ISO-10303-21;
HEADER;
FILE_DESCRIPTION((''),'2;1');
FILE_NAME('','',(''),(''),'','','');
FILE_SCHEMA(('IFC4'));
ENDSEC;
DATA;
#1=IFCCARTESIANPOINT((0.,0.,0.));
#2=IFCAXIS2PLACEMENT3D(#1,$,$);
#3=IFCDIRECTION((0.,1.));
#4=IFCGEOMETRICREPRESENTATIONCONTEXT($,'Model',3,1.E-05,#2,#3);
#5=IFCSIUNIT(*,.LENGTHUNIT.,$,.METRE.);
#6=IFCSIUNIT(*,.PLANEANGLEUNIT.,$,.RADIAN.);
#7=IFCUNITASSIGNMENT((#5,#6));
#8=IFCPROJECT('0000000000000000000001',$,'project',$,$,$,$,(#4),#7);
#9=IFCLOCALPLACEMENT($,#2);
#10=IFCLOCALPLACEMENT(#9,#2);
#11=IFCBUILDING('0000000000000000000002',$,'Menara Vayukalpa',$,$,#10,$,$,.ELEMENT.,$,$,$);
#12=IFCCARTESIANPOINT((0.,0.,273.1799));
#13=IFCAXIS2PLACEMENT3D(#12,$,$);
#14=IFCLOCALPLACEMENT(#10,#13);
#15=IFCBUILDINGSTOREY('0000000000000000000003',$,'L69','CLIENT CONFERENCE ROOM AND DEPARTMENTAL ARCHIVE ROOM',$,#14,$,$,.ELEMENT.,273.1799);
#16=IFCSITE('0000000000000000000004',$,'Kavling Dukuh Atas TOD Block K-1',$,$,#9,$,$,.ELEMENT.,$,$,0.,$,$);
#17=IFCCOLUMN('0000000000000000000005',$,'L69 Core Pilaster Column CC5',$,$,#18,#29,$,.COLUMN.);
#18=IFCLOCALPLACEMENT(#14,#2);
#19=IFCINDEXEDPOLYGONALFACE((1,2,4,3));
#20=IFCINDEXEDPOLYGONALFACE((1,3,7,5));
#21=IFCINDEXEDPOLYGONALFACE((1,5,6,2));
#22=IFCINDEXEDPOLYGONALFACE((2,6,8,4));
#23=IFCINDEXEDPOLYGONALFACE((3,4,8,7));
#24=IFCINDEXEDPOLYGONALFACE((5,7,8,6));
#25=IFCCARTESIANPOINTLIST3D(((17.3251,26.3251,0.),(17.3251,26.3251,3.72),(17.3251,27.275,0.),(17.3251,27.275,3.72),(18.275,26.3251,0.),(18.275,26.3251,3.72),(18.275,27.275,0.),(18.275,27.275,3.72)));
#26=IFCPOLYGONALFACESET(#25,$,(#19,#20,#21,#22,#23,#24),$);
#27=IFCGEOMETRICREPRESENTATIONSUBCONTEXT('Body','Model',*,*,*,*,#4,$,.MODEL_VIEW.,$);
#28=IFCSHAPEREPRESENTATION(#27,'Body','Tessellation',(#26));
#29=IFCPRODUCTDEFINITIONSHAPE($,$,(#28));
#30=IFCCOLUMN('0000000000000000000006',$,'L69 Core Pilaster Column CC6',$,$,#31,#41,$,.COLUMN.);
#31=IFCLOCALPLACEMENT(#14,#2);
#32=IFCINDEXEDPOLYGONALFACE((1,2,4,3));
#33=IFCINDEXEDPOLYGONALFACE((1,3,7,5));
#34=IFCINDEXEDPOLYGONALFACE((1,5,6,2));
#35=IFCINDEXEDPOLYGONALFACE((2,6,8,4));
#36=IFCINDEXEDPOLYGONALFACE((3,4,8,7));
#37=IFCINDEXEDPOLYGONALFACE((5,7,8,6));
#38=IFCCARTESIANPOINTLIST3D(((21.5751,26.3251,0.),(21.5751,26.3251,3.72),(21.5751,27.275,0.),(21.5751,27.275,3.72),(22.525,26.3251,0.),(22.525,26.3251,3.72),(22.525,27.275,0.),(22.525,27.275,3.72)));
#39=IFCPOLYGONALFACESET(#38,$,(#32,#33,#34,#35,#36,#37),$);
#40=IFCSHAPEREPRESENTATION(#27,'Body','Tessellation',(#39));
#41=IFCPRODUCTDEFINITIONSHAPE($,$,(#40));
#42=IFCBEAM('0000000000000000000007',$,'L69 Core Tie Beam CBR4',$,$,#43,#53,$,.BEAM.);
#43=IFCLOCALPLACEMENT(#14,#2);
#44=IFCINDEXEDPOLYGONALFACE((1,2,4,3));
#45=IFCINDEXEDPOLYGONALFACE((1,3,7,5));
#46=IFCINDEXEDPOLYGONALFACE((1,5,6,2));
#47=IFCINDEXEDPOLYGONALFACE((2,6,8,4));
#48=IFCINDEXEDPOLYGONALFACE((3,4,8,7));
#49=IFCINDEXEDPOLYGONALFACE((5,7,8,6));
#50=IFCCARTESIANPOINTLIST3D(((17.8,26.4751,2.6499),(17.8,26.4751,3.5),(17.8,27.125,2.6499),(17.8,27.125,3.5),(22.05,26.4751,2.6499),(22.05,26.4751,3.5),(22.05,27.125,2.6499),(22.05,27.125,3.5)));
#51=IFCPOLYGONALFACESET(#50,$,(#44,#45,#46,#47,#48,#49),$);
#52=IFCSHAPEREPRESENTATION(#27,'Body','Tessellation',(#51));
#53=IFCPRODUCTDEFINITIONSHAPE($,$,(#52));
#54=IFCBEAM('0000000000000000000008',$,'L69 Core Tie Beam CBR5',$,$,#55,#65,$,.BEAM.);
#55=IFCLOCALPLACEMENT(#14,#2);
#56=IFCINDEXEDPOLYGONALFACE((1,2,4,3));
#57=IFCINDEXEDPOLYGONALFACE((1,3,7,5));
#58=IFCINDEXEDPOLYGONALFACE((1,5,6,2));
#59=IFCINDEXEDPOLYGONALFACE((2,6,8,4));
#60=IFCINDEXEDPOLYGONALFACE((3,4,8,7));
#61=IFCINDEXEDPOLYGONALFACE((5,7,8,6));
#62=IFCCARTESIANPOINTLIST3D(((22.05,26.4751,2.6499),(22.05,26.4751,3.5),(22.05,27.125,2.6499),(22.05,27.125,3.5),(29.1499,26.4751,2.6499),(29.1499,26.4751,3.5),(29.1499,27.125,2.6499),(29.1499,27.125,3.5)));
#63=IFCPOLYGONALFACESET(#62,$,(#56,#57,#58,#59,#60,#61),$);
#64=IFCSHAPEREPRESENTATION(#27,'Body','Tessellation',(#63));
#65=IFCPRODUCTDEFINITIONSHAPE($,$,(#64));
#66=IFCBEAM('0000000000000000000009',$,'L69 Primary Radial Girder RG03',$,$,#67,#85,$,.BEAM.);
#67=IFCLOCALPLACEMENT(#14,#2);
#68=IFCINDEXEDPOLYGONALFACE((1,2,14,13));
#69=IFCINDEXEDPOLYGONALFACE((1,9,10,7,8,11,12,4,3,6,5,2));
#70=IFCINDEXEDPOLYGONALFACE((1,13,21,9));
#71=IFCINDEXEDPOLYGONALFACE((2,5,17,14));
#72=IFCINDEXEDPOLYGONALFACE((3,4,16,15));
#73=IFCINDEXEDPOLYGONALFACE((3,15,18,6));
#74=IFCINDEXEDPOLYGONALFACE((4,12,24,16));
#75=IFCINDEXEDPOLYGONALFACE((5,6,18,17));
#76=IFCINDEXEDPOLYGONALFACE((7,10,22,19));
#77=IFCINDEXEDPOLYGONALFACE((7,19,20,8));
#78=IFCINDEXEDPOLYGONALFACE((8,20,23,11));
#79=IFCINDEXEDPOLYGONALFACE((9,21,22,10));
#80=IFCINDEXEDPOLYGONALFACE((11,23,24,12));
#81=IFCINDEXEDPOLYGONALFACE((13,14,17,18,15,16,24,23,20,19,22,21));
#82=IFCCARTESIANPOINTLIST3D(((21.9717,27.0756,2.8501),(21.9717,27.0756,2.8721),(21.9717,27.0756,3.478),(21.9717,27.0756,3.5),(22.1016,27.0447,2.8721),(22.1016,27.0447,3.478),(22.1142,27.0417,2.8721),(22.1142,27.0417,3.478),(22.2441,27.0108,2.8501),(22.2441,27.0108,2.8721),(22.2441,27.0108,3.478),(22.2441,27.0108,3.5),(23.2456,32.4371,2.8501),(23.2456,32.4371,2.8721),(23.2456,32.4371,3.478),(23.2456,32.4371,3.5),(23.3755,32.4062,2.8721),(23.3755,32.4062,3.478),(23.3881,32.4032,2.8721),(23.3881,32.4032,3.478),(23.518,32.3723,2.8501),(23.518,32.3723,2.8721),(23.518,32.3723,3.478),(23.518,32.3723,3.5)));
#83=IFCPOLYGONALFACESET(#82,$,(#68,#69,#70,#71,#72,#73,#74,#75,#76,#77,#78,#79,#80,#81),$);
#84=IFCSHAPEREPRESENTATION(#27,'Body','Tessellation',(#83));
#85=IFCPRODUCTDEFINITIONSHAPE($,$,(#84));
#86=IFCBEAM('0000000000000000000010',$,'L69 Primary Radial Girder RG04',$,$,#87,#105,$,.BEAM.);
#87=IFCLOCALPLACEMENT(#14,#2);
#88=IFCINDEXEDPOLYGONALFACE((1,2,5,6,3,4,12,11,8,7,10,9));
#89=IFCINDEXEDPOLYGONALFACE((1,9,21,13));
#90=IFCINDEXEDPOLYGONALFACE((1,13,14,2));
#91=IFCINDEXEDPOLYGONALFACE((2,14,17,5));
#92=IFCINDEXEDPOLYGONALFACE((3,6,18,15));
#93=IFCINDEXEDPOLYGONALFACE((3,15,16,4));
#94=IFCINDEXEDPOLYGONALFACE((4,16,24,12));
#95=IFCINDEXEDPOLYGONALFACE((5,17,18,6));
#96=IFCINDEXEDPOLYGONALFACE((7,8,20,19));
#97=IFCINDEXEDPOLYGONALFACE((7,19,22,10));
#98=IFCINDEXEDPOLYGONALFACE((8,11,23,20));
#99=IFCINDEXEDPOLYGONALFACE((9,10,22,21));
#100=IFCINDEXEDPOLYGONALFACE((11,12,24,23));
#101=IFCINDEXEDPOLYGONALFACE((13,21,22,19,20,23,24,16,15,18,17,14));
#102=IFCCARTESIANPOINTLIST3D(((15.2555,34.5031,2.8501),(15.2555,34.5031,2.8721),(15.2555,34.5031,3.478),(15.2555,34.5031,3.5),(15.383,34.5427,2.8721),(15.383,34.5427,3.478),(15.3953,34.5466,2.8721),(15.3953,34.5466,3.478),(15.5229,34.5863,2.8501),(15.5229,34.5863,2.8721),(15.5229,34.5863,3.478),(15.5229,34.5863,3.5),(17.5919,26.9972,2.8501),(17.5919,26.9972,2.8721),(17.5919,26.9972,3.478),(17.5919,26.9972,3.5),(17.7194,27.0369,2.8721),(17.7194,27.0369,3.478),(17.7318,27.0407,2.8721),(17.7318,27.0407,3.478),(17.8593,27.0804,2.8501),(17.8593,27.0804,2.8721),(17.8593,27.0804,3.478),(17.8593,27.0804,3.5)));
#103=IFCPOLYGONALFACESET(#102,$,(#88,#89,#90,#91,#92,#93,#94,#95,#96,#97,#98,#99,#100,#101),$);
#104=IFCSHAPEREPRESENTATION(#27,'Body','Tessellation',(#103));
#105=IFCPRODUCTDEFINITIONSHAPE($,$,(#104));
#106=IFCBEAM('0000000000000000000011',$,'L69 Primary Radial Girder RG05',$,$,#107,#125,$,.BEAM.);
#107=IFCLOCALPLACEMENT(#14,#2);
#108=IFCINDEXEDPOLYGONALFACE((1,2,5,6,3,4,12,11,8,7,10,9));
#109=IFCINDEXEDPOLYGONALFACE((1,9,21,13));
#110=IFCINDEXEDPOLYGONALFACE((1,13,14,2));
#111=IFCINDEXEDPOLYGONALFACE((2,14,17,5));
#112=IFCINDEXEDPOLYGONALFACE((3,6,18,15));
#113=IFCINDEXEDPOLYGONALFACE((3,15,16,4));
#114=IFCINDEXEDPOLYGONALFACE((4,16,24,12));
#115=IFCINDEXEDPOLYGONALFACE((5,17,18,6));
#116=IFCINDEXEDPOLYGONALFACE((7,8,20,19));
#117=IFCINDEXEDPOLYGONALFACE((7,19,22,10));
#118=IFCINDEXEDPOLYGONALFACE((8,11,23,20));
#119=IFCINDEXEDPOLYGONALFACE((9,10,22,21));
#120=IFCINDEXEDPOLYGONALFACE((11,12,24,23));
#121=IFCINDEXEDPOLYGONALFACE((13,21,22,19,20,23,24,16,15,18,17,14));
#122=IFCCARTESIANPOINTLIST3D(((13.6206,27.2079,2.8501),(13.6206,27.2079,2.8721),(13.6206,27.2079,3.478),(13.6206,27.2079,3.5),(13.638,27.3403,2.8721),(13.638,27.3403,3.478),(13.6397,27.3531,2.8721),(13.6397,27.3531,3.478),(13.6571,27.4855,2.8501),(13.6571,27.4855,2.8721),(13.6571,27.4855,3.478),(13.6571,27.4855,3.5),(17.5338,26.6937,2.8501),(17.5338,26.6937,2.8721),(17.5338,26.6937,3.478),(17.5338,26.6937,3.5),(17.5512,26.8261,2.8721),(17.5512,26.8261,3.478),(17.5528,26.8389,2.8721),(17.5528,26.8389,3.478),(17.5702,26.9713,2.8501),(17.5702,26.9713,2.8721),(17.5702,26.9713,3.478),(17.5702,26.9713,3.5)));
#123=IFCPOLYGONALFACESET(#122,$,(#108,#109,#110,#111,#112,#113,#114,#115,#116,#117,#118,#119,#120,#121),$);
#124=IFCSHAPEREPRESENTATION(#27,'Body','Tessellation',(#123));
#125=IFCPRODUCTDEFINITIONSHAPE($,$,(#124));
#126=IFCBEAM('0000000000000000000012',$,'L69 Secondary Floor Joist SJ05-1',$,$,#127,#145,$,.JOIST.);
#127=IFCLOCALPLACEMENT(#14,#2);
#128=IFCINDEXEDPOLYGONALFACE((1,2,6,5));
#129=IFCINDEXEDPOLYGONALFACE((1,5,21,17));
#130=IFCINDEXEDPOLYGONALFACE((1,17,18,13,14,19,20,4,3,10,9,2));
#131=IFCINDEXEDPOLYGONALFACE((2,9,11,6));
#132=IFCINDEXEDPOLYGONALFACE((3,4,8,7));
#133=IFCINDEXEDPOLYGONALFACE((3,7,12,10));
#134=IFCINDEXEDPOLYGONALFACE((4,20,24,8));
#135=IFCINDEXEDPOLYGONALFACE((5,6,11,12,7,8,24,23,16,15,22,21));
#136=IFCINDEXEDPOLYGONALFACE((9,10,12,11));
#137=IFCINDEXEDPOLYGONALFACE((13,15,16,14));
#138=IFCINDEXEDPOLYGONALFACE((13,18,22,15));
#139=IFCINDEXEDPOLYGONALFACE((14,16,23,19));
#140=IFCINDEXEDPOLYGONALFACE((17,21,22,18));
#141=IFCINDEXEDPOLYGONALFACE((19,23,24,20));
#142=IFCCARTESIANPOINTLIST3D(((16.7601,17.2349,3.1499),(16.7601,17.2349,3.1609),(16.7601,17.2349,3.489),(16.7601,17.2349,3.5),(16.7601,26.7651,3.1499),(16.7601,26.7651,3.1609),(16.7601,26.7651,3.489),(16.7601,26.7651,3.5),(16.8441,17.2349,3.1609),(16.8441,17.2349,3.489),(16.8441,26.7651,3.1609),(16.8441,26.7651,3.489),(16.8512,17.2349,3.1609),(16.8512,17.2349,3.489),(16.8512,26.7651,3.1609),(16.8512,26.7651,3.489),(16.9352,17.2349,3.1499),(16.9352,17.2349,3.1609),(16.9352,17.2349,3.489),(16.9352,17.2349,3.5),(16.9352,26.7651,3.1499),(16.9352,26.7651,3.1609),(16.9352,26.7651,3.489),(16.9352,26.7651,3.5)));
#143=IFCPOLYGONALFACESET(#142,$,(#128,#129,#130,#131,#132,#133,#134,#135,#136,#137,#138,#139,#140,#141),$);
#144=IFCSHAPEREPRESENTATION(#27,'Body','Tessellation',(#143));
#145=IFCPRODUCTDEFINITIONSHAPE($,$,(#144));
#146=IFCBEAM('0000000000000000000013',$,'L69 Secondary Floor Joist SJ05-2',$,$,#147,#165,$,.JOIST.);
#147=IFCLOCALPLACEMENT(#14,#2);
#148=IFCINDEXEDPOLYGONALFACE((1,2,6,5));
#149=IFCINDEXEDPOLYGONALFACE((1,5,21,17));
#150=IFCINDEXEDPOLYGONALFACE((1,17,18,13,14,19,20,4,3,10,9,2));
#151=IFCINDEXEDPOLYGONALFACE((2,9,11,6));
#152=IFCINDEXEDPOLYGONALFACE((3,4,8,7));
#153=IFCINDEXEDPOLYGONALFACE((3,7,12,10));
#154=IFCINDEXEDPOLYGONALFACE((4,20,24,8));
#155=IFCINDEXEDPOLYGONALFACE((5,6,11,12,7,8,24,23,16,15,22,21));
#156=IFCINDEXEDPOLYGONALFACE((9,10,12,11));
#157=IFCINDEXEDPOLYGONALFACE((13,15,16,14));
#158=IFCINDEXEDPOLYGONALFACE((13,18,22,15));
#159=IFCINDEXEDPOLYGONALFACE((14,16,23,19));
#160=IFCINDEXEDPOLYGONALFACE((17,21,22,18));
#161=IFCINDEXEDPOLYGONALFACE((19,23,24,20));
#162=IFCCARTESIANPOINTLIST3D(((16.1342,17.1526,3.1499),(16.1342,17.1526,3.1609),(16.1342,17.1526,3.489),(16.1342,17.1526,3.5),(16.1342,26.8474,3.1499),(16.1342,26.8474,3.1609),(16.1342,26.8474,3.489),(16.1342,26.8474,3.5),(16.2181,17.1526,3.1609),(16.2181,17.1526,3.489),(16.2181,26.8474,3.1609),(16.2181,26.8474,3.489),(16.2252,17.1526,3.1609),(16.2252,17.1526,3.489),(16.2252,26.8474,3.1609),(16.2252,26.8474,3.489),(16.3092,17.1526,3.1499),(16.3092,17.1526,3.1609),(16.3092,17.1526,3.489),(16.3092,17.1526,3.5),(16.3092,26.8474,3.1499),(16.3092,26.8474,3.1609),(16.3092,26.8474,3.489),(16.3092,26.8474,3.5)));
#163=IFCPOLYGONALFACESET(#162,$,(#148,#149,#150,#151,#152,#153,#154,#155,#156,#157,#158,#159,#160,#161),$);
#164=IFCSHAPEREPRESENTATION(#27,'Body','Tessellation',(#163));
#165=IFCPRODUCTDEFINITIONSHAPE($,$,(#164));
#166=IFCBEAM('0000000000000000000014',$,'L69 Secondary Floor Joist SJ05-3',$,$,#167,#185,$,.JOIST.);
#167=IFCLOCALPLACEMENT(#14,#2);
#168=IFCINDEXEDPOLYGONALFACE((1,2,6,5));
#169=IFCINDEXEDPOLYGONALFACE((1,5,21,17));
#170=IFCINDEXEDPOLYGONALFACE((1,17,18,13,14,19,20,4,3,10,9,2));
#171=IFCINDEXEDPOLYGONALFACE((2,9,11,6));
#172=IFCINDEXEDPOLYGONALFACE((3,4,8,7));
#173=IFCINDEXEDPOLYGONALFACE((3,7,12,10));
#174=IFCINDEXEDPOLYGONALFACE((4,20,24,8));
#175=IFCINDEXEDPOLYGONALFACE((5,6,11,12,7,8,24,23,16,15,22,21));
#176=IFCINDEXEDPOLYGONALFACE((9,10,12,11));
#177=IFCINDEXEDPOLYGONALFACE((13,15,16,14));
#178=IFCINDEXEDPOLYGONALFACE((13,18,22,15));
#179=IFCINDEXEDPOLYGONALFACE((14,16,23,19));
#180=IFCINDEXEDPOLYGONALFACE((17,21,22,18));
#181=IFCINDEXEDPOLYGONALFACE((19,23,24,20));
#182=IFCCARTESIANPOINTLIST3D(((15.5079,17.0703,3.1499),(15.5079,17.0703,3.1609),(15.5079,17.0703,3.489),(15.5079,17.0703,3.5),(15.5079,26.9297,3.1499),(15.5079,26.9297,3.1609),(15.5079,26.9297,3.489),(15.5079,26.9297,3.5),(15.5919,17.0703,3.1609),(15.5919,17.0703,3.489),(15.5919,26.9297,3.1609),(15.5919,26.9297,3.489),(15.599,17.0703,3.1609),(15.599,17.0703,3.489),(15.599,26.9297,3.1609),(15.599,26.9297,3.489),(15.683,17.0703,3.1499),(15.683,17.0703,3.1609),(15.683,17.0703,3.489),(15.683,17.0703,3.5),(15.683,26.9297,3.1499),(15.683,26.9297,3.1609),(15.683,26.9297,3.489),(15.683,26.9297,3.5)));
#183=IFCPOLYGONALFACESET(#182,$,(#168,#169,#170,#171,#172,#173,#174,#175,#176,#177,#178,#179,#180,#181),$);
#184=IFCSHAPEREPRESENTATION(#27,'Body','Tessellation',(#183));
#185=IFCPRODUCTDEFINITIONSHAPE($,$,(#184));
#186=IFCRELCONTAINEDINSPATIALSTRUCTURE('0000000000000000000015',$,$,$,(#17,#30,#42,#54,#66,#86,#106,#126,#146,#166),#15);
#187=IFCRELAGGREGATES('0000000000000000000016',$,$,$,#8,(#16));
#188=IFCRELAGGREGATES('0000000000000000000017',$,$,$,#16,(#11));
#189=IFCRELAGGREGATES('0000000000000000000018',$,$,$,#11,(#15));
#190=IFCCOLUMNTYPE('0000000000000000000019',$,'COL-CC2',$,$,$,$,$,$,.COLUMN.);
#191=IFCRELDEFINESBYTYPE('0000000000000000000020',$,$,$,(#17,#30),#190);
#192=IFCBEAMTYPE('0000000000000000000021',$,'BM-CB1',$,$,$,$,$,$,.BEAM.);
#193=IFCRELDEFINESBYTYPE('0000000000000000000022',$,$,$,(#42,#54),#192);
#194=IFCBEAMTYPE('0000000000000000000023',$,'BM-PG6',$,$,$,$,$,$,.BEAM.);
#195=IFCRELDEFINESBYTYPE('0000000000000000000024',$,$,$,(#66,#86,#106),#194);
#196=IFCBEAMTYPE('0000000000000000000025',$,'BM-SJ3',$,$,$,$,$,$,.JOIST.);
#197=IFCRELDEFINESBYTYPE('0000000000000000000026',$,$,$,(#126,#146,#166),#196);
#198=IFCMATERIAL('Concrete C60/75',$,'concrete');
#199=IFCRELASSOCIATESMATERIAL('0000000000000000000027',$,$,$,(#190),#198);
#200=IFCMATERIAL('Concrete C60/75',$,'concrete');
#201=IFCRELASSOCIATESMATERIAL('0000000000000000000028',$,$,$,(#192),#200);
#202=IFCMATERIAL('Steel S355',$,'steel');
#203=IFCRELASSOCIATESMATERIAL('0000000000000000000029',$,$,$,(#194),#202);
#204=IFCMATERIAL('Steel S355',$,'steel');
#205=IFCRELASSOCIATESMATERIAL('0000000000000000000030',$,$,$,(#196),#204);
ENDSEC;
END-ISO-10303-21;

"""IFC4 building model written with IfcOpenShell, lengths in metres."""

from ifc_helpers import new_model, si_unit, direction, frame, origin, origin_2d, place, context, subcontext, project, spatial, rectangle, i_section, extrude, material, material_profile, profile_set, type_object, element, save


model = new_model("IFC4")

# Units and contexts
model_context = context("Model", 3, precision=1e-05, world=origin(), true_north=direction((0.0, 1.0)))
body_context = subcontext(model_context, "Body", "Model", "MODEL_VIEW")
ifc_project = project(units=[si_unit("LENGTHUNIT", "METRE"), si_unit("PLANEANGLEUNIT", "RADIAN")], contexts=[model_context])

# Site, building, storey
site_placement = place(None, origin())
site = spatial("IfcSite", under=ifc_project, at=site_placement, Name="Kavling Dukuh Atas TOD Block K-1", CompositionType="ELEMENT", RefElevation=0.0)
building_placement = place(site_placement, origin())
building = spatial("IfcBuilding", under=site, at=building_placement, Name="Menara Vayukalpa", CompositionType="ELEMENT")
storey_placement = place(building_placement, frame((0.0, 0.0, 273.1799)))
storey = spatial("IfcBuildingStorey", under=building, at=storey_placement, Name="L69", Description="CLIENT CONFERENCE ROOM AND DEPARTMENTAL ARCHIVE ROOM", CompositionType="ELEMENT", Elevation=273.1799)

# Columns
ifc_material_1 = material(Name="Concrete C60/75", Category="concrete")
ifc_material_profile_1 = material_profile(ifc_material_1, rectangle(XDim=0.95, YDim=0.95, at=origin_2d()), Name="RC 950x950")
ifc_profile_set_1 = profile_set([ifc_material_profile_1], Name="Concrete C60/75")
column_type = type_object("IfcColumnType", Name="COL-CC2", PredefinedType="COLUMN", material=ifc_profile_set_1)
for number, where, z_axis, x_axis, name in (
    (1, (17.8, 26.8, 0.0), (0.0, 0.0, 1.0), (1.0, 0.0, 0.0), "L69 Core Pilaster Column CC5"),
    (2, (22.05, 26.8, 0.0), (0.0, 0.0, 1.0), (1.0, 0.0, 0.0), "L69 Core Pilaster Column CC6"),
):
    element("IfcColumn", number, at=place(storey_placement, frame(where, z_axis=z_axis, x_axis=x_axis)), inside=storey, type_object=column_type, Name=name, PredefinedType="COLUMN", context=body_context, shape_type="SweptSolid", body=[
        extrude(rectangle(XDim=0.95, YDim=0.95, at=origin_2d()), origin(), (0.0, 0.0, 1.0), 3.72),
    ])

# Beams
ifc_material_2 = material(Name="Concrete C60/75", Category="concrete")
ifc_material_profile_2 = material_profile(ifc_material_2, rectangle(XDim=0.6499, YDim=0.8501, at=origin_2d()), Name="RC 650x850")
ifc_profile_set_2 = profile_set([ifc_material_profile_2], Name="Concrete C60/75")
beam_type_1 = type_object("IfcBeamType", Name="BM-CB1", PredefinedType="BEAM", material=ifc_profile_set_2)
beam_1_placement = place(storey_placement, frame((17.8, 26.8, 3.075), z_axis=(1.0, 0.0, 0.0), x_axis=(0.0, 1.0, 0.0)))
element("IfcBeam", 3, at=beam_1_placement, inside=storey, type_object=beam_type_1, Name="L69 Core Tie Beam CBR4", PredefinedType="BEAM", context=body_context, shape_type="SweptSolid", body=[
    extrude(rectangle(XDim=0.6499, YDim=0.8501, at=origin_2d()), origin(), (0.0, 0.0, 1.0), 4.25),
])
beam_2_placement = place(storey_placement, frame((22.05, 26.8, 3.075), z_axis=(1.0, 0.0, 0.0), x_axis=(0.0, 1.0, 0.0)))
element("IfcBeam", 4, at=beam_2_placement, inside=storey, type_object=beam_type_1, Name="L69 Core Tie Beam CBR5", PredefinedType="BEAM", context=body_context, shape_type="SweptSolid", body=[
    extrude(rectangle(XDim=0.6499, YDim=0.8501, at=origin_2d()), origin(), (0.0, 0.0, 1.0), 7.0999),
])
ifc_material_3 = material(Name="Steel S355", Category="steel")
ifc_material_profile_3 = material_profile(ifc_material_3, i_section(OverallWidth=0.28, OverallDepth=0.6499, WebThickness=0.0129, FlangeThickness=0.022, at=origin_2d()), Name="WF 650x280x13x22")
ifc_profile_set_3 = profile_set([ifc_material_profile_3], Name="Steel S355")
beam_type_2 = type_object("IfcBeamType", Name="BM-PG6", PredefinedType="BEAM", material=ifc_profile_set_3)
beam_3_placement = place(storey_placement, frame((22.1079, 27.0432, 3.175), z_axis=(0.231167, 0.972914, 0.0), x_axis=(-0.972914, 0.231167, 0.0)))
element("IfcBeam", 5, at=beam_3_placement, inside=storey, type_object=beam_type_2, Name="L69 Primary Radial Girder RG03", PredefinedType="BEAM", context=body_context, shape_type="SweptSolid", body=[
    extrude(i_section(OverallWidth=0.28, OverallDepth=0.6499, WebThickness=0.0129, FlangeThickness=0.022, at=origin_2d()), origin(), (0.0, 0.0, 1.0), 5.5107),
])
beam_4_placement = place(storey_placement, frame((17.7256, 27.0388, 3.175), z_axis=(-0.297214, 0.954811, 0.0), x_axis=(-0.954811, -0.297214, 0.0)))
element("IfcBeam", 6, at=beam_4_placement, inside=storey, type_object=beam_type_2, Name="L69 Primary Radial Girder RG04", PredefinedType="BEAM", context=body_context, shape_type="SweptSolid", body=[
    extrude(i_section(OverallWidth=0.28, OverallDepth=0.6499, WebThickness=0.0129, FlangeThickness=0.022, at=origin_2d()), origin(), (0.0, 0.0, 1.0), 7.8611),
])
beam_5_placement = place(storey_placement, frame((17.552, 26.8325, 3.175), z_axis=(-0.991478, 0.130275, 0.0), x_axis=(-0.130275, -0.991478, 0.0)))
element("IfcBeam", 7, at=beam_5_placement, inside=storey, type_object=beam_type_2, Name="L69 Primary Radial Girder RG05", PredefinedType="BEAM", context=body_context, shape_type="SweptSolid", body=[
    extrude(i_section(OverallWidth=0.28, OverallDepth=0.6499, WebThickness=0.0129, FlangeThickness=0.022, at=origin_2d()), origin(), (0.0, 0.0, 1.0), 3.9468),
])
ifc_material_4 = material(Name="Steel S355", Category="steel")
ifc_material_profile_4 = material_profile(ifc_material_4, i_section(OverallWidth=0.175, OverallDepth=0.3501, WebThickness=0.0071, FlangeThickness=0.011, at=origin_2d()), Name="WF 350x175x7x11")
ifc_profile_set_4 = profile_set([ifc_material_profile_4], Name="Steel S355")
beam_type_3 = type_object("IfcBeamType", Name="BM-SJ3", PredefinedType="JOIST", material=ifc_profile_set_4)
beam_6_placement = place(storey_placement, frame((16.8477, 26.7651, 3.325), z_axis=(0.0, -1.0, 0.0), x_axis=(1.0, 0.0, 0.0)))
element("IfcBeam", 8, at=beam_6_placement, inside=storey, type_object=beam_type_3, Name="L69 Secondary Floor Joist SJ05-1", PredefinedType="JOIST", context=body_context, shape_type="SweptSolid", body=[
    extrude(i_section(OverallWidth=0.175, OverallDepth=0.3501, WebThickness=0.0071, FlangeThickness=0.011, at=origin_2d()), origin(), (0.0, 0.0, 1.0), 9.5303),
])
beam_7_placement = place(storey_placement, frame((16.2217, 26.8474, 3.325), z_axis=(0.0, -1.0, 0.0), x_axis=(1.0, 0.0, 0.0)))
element("IfcBeam", 9, at=beam_7_placement, inside=storey, type_object=beam_type_3, Name="L69 Secondary Floor Joist SJ05-2", PredefinedType="JOIST", context=body_context, shape_type="SweptSolid", body=[
    extrude(i_section(OverallWidth=0.175, OverallDepth=0.3501, WebThickness=0.0071, FlangeThickness=0.011, at=origin_2d()), origin(), (0.0, 0.0, 1.0), 9.6948),
])
beam_8_placement = place(storey_placement, frame((15.5955, 26.9297, 3.325), z_axis=(0.0, -1.0, 0.0), x_axis=(1.0, 0.0, 0.0)))
element("IfcBeam", 10, at=beam_8_placement, inside=storey, type_object=beam_type_3, Name="L69 Secondary Floor Joist SJ05-3", PredefinedType="JOIST", context=body_context, shape_type="SweptSolid", body=[
    extrude(i_section(OverallWidth=0.175, OverallDepth=0.3501, WebThickness=0.0071, FlangeThickness=0.011, at=origin_2d()), origin(), (0.0, 0.0, 1.0), 9.8594),
])

save(model, "model.ifc")
